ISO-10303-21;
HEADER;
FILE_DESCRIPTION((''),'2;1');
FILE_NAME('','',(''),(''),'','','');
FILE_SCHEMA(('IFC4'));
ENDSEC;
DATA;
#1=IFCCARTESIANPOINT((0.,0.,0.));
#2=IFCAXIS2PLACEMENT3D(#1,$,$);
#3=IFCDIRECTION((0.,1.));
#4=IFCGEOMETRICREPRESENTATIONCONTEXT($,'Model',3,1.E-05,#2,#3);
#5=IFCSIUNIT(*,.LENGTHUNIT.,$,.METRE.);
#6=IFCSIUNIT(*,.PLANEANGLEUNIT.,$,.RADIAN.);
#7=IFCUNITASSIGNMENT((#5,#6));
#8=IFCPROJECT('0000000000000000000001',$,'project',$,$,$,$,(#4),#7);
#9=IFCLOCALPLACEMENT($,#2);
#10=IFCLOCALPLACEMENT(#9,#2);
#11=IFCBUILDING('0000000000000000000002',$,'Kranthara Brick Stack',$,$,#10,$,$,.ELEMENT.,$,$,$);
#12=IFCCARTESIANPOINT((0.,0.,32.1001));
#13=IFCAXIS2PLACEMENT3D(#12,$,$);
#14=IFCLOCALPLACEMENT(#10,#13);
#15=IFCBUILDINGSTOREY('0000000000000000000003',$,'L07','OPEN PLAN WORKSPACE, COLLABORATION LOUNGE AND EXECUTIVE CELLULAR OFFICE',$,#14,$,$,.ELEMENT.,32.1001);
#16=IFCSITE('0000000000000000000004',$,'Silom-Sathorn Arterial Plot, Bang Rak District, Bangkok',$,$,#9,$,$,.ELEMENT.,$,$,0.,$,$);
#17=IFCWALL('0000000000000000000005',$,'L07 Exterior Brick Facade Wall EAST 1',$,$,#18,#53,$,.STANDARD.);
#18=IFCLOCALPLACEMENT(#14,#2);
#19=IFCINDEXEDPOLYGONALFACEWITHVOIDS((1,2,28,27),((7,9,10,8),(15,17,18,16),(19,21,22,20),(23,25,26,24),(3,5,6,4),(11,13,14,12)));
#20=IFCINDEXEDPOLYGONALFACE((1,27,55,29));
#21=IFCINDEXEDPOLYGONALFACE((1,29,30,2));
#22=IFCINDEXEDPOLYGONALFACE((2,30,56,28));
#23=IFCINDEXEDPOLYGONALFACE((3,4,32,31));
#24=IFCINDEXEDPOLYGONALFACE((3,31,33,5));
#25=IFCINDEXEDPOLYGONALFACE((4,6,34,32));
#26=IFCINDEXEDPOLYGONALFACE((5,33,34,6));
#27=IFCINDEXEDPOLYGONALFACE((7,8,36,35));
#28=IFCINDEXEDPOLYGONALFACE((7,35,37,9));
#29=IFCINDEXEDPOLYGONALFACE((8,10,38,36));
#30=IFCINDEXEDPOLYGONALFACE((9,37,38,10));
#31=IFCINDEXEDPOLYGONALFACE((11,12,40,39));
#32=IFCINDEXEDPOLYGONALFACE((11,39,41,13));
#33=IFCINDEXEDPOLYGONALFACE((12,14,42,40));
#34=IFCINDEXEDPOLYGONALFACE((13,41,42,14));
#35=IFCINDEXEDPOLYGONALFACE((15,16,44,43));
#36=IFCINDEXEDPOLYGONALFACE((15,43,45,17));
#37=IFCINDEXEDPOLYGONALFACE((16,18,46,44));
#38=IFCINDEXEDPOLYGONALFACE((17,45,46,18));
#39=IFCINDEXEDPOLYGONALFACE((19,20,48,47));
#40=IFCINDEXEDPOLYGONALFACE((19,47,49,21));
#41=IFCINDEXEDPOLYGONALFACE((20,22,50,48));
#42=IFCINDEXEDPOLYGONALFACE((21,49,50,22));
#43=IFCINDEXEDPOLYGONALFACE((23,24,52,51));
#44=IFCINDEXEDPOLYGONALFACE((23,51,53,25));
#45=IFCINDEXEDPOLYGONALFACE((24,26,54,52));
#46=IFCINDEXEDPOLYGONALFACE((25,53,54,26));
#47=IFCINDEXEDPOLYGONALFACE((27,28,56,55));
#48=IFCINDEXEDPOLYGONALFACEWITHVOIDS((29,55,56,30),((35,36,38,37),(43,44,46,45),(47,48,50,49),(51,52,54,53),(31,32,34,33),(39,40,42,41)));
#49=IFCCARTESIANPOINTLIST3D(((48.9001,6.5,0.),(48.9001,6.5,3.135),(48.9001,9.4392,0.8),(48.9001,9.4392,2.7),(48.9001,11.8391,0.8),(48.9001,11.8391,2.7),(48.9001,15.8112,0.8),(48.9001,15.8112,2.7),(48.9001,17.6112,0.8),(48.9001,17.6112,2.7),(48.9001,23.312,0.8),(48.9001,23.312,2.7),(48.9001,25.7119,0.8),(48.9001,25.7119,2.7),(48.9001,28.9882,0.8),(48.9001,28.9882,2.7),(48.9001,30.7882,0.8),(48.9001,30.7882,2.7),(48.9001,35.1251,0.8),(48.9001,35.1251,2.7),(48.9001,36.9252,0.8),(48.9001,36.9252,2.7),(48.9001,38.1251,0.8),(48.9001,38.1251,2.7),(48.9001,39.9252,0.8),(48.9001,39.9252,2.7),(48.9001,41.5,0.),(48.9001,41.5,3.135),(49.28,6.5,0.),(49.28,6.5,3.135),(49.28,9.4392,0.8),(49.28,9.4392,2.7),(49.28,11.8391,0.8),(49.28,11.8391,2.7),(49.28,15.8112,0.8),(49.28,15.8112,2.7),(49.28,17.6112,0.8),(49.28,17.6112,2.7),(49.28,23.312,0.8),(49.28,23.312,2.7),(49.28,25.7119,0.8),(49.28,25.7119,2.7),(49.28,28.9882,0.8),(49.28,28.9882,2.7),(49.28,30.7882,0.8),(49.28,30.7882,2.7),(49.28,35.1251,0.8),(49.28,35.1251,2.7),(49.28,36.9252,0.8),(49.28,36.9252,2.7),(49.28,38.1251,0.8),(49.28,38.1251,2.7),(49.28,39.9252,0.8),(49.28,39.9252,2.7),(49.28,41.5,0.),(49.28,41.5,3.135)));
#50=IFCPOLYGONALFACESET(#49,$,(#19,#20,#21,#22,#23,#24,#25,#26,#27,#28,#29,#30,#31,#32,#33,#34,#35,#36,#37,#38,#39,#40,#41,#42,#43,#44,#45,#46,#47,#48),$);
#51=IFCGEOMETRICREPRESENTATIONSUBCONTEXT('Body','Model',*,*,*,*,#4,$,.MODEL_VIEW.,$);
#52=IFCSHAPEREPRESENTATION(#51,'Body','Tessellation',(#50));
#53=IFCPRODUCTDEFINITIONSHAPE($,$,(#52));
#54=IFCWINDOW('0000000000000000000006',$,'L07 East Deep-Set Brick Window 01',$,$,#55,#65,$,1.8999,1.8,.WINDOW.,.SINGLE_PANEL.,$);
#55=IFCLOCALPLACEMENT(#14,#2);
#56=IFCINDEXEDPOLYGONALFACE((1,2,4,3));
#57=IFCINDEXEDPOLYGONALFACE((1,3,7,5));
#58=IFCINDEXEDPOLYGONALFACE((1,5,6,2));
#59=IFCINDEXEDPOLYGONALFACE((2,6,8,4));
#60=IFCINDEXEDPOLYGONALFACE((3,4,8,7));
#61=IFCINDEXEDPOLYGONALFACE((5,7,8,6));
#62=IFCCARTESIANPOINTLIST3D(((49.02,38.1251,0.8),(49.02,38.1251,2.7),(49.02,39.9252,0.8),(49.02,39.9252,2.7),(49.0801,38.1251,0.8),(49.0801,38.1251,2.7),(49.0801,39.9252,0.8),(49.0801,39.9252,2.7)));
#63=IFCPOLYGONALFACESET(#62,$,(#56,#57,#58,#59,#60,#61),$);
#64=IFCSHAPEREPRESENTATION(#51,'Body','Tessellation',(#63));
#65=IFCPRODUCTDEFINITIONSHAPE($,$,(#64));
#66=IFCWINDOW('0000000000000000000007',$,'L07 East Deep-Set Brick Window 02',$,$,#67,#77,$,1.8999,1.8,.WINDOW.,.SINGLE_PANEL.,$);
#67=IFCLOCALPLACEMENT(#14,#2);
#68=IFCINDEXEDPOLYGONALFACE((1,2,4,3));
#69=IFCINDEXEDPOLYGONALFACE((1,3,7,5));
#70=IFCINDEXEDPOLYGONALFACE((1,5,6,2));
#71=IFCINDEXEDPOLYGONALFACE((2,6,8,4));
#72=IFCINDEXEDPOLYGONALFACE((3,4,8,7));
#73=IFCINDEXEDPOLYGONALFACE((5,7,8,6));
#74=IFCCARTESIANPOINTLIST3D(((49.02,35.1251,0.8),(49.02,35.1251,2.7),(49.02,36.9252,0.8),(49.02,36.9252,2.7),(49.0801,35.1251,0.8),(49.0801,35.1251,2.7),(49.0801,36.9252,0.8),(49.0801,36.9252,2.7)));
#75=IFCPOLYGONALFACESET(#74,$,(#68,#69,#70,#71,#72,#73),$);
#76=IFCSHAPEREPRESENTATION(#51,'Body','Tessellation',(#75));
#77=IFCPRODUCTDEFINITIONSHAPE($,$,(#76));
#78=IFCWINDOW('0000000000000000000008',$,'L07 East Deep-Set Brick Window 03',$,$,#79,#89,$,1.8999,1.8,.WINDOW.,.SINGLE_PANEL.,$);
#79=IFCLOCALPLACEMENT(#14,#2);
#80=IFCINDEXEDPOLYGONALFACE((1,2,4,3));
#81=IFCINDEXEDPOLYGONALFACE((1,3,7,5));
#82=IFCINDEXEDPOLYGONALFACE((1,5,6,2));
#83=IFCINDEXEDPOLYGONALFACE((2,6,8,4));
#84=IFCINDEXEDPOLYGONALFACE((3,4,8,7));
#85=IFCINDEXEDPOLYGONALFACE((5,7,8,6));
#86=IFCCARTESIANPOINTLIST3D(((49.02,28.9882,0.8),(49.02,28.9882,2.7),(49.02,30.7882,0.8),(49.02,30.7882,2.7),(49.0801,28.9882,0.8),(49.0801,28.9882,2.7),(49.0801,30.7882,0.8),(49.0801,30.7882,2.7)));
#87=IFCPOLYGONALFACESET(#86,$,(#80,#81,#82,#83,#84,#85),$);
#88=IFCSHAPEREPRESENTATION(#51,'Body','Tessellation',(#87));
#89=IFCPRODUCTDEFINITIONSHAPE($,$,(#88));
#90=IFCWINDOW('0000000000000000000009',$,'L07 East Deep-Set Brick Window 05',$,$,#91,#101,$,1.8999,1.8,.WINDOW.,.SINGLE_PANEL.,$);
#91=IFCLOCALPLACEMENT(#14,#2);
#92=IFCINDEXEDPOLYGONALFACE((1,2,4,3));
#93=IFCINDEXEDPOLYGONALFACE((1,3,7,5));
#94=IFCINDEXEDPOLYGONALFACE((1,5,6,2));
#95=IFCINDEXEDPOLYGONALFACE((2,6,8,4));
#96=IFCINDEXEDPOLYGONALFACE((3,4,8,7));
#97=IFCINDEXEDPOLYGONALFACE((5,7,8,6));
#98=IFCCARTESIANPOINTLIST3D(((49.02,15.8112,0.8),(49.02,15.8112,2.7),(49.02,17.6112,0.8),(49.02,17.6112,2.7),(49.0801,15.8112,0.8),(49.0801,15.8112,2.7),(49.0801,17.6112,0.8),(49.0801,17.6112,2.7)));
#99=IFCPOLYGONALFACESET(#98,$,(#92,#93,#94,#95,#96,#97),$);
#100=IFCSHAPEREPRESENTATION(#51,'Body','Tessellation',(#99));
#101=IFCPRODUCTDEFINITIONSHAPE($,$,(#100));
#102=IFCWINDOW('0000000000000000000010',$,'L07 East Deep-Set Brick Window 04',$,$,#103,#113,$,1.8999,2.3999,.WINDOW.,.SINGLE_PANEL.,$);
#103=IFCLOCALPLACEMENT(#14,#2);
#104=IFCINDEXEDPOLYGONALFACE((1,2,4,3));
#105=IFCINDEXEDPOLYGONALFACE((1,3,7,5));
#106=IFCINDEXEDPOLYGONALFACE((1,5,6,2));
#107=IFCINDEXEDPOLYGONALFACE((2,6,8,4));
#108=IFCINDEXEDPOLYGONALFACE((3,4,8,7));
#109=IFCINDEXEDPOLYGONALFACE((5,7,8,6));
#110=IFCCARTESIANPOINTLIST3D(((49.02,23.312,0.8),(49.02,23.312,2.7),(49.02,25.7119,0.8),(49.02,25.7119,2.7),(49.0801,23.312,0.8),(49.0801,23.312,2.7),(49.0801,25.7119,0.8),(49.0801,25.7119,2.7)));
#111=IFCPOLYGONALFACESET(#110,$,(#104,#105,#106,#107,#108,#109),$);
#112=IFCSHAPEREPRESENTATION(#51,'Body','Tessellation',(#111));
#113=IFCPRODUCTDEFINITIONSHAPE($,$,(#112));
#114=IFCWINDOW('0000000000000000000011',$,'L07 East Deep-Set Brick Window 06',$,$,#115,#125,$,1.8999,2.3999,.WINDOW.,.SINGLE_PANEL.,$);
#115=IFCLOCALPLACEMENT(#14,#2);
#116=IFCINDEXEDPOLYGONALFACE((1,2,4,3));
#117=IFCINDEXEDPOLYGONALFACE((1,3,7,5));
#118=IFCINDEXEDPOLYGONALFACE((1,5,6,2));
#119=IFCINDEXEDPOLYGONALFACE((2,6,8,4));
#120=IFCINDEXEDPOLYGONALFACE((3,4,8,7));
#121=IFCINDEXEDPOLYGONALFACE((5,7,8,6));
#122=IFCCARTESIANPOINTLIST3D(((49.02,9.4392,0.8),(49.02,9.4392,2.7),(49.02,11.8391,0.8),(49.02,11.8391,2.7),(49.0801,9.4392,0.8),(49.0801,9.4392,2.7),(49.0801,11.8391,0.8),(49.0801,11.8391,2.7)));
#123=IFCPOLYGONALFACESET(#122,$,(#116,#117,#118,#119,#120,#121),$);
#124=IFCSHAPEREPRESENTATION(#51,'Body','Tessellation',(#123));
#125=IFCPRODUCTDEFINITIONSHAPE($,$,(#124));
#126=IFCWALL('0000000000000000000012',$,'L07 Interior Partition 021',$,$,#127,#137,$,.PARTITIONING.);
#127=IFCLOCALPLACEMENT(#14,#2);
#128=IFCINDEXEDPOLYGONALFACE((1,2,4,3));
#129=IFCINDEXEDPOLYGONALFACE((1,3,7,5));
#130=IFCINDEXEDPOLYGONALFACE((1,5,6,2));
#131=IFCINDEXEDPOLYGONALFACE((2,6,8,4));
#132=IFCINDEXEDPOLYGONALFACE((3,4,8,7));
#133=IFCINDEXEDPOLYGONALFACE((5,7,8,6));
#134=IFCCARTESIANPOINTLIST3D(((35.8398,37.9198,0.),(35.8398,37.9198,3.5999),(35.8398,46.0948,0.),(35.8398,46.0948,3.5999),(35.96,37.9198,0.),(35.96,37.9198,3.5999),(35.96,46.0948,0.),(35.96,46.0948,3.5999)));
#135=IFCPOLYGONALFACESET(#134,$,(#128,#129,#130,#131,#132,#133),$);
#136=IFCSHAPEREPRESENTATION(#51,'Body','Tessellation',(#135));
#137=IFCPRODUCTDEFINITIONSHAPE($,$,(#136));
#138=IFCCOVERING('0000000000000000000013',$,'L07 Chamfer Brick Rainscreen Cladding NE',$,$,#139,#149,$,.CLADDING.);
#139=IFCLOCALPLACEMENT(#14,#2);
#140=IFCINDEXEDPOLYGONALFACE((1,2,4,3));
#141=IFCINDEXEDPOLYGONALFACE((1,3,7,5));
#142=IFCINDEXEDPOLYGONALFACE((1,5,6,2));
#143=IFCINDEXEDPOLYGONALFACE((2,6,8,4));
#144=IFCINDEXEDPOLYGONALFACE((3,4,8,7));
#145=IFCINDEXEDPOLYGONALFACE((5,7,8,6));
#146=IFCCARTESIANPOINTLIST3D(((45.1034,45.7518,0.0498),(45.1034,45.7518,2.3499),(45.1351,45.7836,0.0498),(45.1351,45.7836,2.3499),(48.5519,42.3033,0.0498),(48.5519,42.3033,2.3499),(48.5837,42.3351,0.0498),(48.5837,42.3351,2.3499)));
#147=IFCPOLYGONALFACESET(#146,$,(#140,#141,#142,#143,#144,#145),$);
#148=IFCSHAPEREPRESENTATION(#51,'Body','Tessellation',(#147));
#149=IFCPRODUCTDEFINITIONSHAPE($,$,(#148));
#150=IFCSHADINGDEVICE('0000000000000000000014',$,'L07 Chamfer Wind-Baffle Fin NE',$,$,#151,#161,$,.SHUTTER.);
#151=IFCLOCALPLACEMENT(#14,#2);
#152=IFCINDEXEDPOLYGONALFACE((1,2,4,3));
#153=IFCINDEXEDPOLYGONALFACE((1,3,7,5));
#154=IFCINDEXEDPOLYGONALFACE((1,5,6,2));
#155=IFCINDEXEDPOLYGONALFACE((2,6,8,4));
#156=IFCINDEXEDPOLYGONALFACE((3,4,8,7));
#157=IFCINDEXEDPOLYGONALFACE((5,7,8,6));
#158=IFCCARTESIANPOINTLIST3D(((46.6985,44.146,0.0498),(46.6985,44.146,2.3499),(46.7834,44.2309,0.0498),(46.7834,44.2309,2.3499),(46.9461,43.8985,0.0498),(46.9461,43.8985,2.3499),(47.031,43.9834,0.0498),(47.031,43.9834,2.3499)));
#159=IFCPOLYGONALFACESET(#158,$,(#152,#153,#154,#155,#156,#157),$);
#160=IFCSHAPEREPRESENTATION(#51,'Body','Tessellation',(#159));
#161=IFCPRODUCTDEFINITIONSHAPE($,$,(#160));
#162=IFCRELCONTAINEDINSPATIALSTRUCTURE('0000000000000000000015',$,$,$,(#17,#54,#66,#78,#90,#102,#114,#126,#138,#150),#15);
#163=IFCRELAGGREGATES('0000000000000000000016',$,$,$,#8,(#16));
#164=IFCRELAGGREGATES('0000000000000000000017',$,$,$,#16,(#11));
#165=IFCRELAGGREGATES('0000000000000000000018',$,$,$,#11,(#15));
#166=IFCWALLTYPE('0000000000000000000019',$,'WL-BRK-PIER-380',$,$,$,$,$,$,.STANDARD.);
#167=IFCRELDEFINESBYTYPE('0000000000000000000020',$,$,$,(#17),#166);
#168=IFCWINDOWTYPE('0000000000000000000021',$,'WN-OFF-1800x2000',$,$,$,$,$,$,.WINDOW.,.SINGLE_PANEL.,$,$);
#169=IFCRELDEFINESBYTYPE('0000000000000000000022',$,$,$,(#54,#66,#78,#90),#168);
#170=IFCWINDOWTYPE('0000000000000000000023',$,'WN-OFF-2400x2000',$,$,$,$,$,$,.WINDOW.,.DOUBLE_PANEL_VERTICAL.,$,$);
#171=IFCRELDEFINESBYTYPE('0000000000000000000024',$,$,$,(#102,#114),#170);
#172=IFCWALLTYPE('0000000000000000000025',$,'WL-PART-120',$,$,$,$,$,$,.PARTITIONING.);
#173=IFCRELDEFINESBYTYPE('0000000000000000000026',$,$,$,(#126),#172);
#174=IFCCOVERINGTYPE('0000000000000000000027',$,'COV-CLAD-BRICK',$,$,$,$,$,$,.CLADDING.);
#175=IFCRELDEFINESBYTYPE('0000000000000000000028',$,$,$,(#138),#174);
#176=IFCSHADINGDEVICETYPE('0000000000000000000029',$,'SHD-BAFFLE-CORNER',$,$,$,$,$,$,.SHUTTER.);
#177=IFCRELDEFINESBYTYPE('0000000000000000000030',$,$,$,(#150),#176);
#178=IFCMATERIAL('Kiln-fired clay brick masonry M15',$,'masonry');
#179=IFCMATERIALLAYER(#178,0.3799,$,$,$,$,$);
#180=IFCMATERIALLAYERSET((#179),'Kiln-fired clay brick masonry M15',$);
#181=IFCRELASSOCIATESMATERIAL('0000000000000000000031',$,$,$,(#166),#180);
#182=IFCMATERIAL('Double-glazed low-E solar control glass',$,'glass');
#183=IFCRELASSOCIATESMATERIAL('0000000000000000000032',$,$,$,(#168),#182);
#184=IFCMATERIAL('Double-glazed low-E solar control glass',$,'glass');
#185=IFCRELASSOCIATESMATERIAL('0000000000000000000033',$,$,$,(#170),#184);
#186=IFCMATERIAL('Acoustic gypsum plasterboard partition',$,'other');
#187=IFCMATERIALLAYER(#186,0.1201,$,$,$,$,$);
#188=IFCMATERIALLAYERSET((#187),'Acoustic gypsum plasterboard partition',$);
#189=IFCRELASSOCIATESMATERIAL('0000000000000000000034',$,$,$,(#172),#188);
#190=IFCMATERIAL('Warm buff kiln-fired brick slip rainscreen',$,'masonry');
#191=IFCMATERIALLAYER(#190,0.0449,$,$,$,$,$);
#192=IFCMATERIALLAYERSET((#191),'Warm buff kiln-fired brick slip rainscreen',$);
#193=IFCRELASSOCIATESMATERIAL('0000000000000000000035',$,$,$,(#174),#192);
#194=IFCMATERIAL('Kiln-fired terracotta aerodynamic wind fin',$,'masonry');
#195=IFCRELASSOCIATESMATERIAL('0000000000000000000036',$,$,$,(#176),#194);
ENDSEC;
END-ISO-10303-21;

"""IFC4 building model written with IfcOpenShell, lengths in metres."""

from ifc_helpers import new_model, si_unit, direction, frame, frame_2d, origin, origin_2d, place, context, subcontext, project, spatial, rectangle, extrude, material, layer, layer_set, type_object, element, fill, save


model = new_model("IFC4")

# Units and contexts
model_context = context("Model", 3, precision=1e-05, world=origin(), true_north=direction((0.0, 1.0)))
body_context = subcontext(model_context, "Body", "Model", "MODEL_VIEW")
ifc_project = project(units=[si_unit("LENGTHUNIT", "METRE"), si_unit("PLANEANGLEUNIT", "RADIAN")], contexts=[model_context])

# Site, building, storey
site_placement = place(None, origin())
site = spatial("IfcSite", under=ifc_project, at=site_placement, Name="Silom-Sathorn Arterial Plot, Bang Rak District, Bangkok", CompositionType="ELEMENT", RefElevation=0.0)
building_placement = place(site_placement, origin())
building = spatial("IfcBuilding", under=site, at=building_placement, Name="Kranthara Brick Stack", CompositionType="ELEMENT")
storey_placement = place(building_placement, frame((0.0, 0.0, 32.1001)))
storey = spatial("IfcBuildingStorey", under=building, at=storey_placement, Name="L07", Description="OPEN PLAN WORKSPACE, COLLABORATION LOUNGE AND EXECUTIVE CELLULAR OFFICE", CompositionType="ELEMENT", Elevation=32.1001)

# Shared definitions
ifc_material_1 = material(Name="Kiln-fired clay brick masonry M15", Category="masonry")
ifc_layer_1 = layer(ifc_material_1, 0.3799)
ifc_layer_set_1 = layer_set([ifc_layer_1], Name="Kiln-fired clay brick masonry M15")
wall_type_1 = type_object("IfcWallType", Name="WL-BRK-PIER-380", PredefinedType="STANDARD", material=ifc_layer_set_1)

# Wall, openings, windows
wall_1_placement = place(storey_placement, frame((49.0901, 41.5, 0.0), z_axis=(0.0, 0.0, 1.0), x_axis=(0.0, -1.0, 0.0)))
wall_1 = element("IfcWall", 1, at=wall_1_placement, inside=storey, type_object=wall_type_1, Name="L07 Exterior Brick Facade Wall EAST 1", PredefinedType="STANDARD", context=body_context, shape_type="SweptSolid", body=[
    extrude(rectangle(XDim=35.0, YDim=0.3799, at=frame_2d((17.5, 0.0))), origin(), (0.0, 0.0, 1.0), 3.135),
])
opening_1_placement = place(wall_1_placement, frame((1.575, 0.0, 0.8)))
opening_1 = element("IfcOpeningElement", 2, at=opening_1_placement, cuts=wall_1, PredefinedType="OPENING", context=body_context, shape_type="SweptSolid", body=[
    extrude(rectangle(XDim=1.8, YDim=1.8999, at=frame_2d((0.8999, 0.95))), frame((0.0, 0.2, 0.0), z_axis=(0.0, -1.0, 0.0), x_axis=(1.0, 0.0, 0.0)), (0.0, 0.0, 1.0), 0.3999),
])
opening_2_placement = place(wall_1_placement, frame((4.575, 0.0, 0.8)))
opening_2 = element("IfcOpeningElement", 3, at=opening_2_placement, cuts=wall_1, PredefinedType="OPENING", context=body_context, shape_type="SweptSolid", body=[
    extrude(rectangle(XDim=1.8, YDim=1.8999, at=frame_2d((0.8999, 0.95))), frame((0.0, 0.2, 0.0), z_axis=(0.0, -1.0, 0.0), x_axis=(1.0, 0.0, 0.0)), (0.0, 0.0, 1.0), 0.3999),
])
opening_3_placement = place(wall_1_placement, frame((10.7119, 0.0, 0.8)))
opening_3 = element("IfcOpeningElement", 4, at=opening_3_placement, cuts=wall_1, PredefinedType="OPENING", context=body_context, shape_type="SweptSolid", body=[
    extrude(rectangle(XDim=1.8, YDim=1.8999, at=frame_2d((0.8999, 0.95))), frame((0.0, 0.2, 0.0), z_axis=(0.0, -1.0, 0.0), x_axis=(1.0, 0.0, 0.0)), (0.0, 0.0, 1.0), 0.3999),
])
opening_4_placement = place(wall_1_placement, frame((15.7881, 0.0, 0.8)))
opening_4 = element("IfcOpeningElement", 5, at=opening_4_placement, cuts=wall_1, PredefinedType="OPENING", context=body_context, shape_type="SweptSolid", body=[
    extrude(rectangle(XDim=2.3999, YDim=1.8999, at=frame_2d((1.2, 0.95))), frame((0.0, 0.2, 0.0), z_axis=(0.0, -1.0, 0.0), x_axis=(1.0, 0.0, 0.0)), (0.0, 0.0, 1.0), 0.3999),
])
opening_5_placement = place(wall_1_placement, frame((23.8889, 0.0, 0.8)))
opening_5 = element("IfcOpeningElement", 6, at=opening_5_placement, cuts=wall_1, PredefinedType="OPENING", context=body_context, shape_type="SweptSolid", body=[
    extrude(rectangle(XDim=1.8, YDim=1.8999, at=frame_2d((0.8999, 0.95))), frame((0.0, 0.2, 0.0), z_axis=(0.0, -1.0, 0.0), x_axis=(1.0, 0.0, 0.0)), (0.0, 0.0, 1.0), 0.3999),
])
opening_6_placement = place(wall_1_placement, frame((29.6609, 0.0, 0.8)))
opening_6 = element("IfcOpeningElement", 7, at=opening_6_placement, cuts=wall_1, PredefinedType="OPENING", context=body_context, shape_type="SweptSolid", body=[
    extrude(rectangle(XDim=2.3999, YDim=1.8999, at=frame_2d((1.2, 0.95))), frame((0.0, 0.2, 0.0), z_axis=(0.0, -1.0, 0.0), x_axis=(1.0, 0.0, 0.0)), (0.0, 0.0, 1.0), 0.3999),
])
ifc_material_2 = material(Name="Double-glazed low-E solar control glass", Category="glass")
window_type_1 = type_object("IfcWindowType", Name="WN-OFF-1800x2000", PartitioningType="SINGLE_PANEL", PredefinedType="WINDOW", material=ifc_material_2)
window_1_placement = place(opening_1_placement, origin())
window_1 = element("IfcWindow", 8, at=window_1_placement, inside=storey, type_object=window_type_1, Name="L07 East Deep-Set Brick Window 01", OverallHeight=1.8999, OverallWidth=1.8, PartitioningType="SINGLE_PANEL", PredefinedType="WINDOW", context=body_context, shape_type="SweptSolid", body=[
    extrude(rectangle(XDim=1.8, YDim=1.8999, at=frame_2d((0.8999, 0.95))), frame((0.0, -0.01, 0.0), z_axis=(0.0, -1.0, 0.0), x_axis=(1.0, 0.0, 0.0)), (0.0, 0.0, 1.0), 0.0601),
])
fill(opening_1, window_1)
window_2_placement = place(opening_2_placement, origin())
window_2 = element("IfcWindow", 9, at=window_2_placement, inside=storey, type_object=window_type_1, Name="L07 East Deep-Set Brick Window 02", OverallHeight=1.8999, OverallWidth=1.8, PartitioningType="SINGLE_PANEL", PredefinedType="WINDOW", context=body_context, shape_type="SweptSolid", body=[
    extrude(rectangle(XDim=1.8, YDim=1.8999, at=frame_2d((0.8999, 0.95))), frame((0.0, -0.01, 0.0), z_axis=(0.0, -1.0, 0.0), x_axis=(1.0, 0.0, 0.0)), (0.0, 0.0, 1.0), 0.0601),
])
fill(opening_2, window_2)
window_3_placement = place(opening_3_placement, origin())
window_3 = element("IfcWindow", 10, at=window_3_placement, inside=storey, type_object=window_type_1, Name="L07 East Deep-Set Brick Window 03", OverallHeight=1.8999, OverallWidth=1.8, PartitioningType="SINGLE_PANEL", PredefinedType="WINDOW", context=body_context, shape_type="SweptSolid", body=[
    extrude(rectangle(XDim=1.8, YDim=1.8999, at=frame_2d((0.8999, 0.95))), frame((0.0, -0.01, 0.0), z_axis=(0.0, -1.0, 0.0), x_axis=(1.0, 0.0, 0.0)), (0.0, 0.0, 1.0), 0.0601),
])
fill(opening_3, window_3)
window_4_placement = place(opening_5_placement, origin())
window_4 = element("IfcWindow", 11, at=window_4_placement, inside=storey, type_object=window_type_1, Name="L07 East Deep-Set Brick Window 05", OverallHeight=1.8999, OverallWidth=1.8, PartitioningType="SINGLE_PANEL", PredefinedType="WINDOW", context=body_context, shape_type="SweptSolid", body=[
    extrude(rectangle(XDim=1.8, YDim=1.8999, at=frame_2d((0.8999, 0.95))), frame((0.0, -0.01, 0.0), z_axis=(0.0, -1.0, 0.0), x_axis=(1.0, 0.0, 0.0)), (0.0, 0.0, 1.0), 0.0601),
])
fill(opening_5, window_4)
ifc_material_3 = material(Name="Double-glazed low-E solar control glass", Category="glass")
window_type_2 = type_object("IfcWindowType", Name="WN-OFF-2400x2000", PartitioningType="DOUBLE_PANEL_VERTICAL", PredefinedType="WINDOW", material=ifc_material_3)
window_5_placement = place(opening_4_placement, origin())
window_5 = element("IfcWindow", 12, at=window_5_placement, inside=storey, type_object=window_type_2, Name="L07 East Deep-Set Brick Window 04", OverallHeight=1.8999, OverallWidth=2.3999, PartitioningType="SINGLE_PANEL", PredefinedType="WINDOW", context=body_context, shape_type="SweptSolid", body=[
    extrude(rectangle(XDim=2.3999, YDim=1.8999, at=frame_2d((1.2, 0.95))), frame((0.0, -0.01, 0.0), z_axis=(0.0, -1.0, 0.0), x_axis=(1.0, 0.0, 0.0)), (0.0, 0.0, 1.0), 0.0601),
])
fill(opening_4, window_5)
window_6_placement = place(opening_6_placement, origin())
window_6 = element("IfcWindow", 13, at=window_6_placement, inside=storey, type_object=window_type_2, Name="L07 East Deep-Set Brick Window 06", OverallHeight=1.8999, OverallWidth=2.3999, PartitioningType="SINGLE_PANEL", PredefinedType="WINDOW", context=body_context, shape_type="SweptSolid", body=[
    extrude(rectangle(XDim=2.3999, YDim=1.8999, at=frame_2d((1.2, 0.95))), frame((0.0, -0.01, 0.0), z_axis=(0.0, -1.0, 0.0), x_axis=(1.0, 0.0, 0.0)), (0.0, 0.0, 1.0), 0.0601),
])
fill(opening_6, window_6)

# Wall
ifc_material_4 = material(Name="Acoustic gypsum plasterboard partition", Category="other")
ifc_layer_2 = layer(ifc_material_4, 0.1201)
ifc_layer_set_2 = layer_set([ifc_layer_2], Name="Acoustic gypsum plasterboard partition")
wall_type_2 = type_object("IfcWallType", Name="WL-PART-120", PredefinedType="PARTITIONING", material=ifc_layer_set_2)
wall_2_placement = place(storey_placement, frame((35.8999, 37.9199, 0.0), z_axis=(0.0, 0.0, 1.0), x_axis=(0.0, 1.0, 0.0)))
element("IfcWall", 14, at=wall_2_placement, inside=storey, type_object=wall_type_2, Name="L07 Interior Partition 021", PredefinedType="PARTITIONING", context=body_context, shape_type="SweptSolid", body=[
    extrude(rectangle(XDim=8.175, YDim=0.1201, at=frame_2d((4.0874, 0.0))), origin(), (0.0, 0.0, 1.0), 3.5999),
])

# Covering
ifc_material_5 = material(Name="Warm buff kiln-fired brick slip rainscreen", Category="masonry")
ifc_layer_3 = layer(ifc_material_5, 0.0449)
ifc_layer_set_3 = layer_set([ifc_layer_3], Name="Warm buff kiln-fired brick slip rainscreen")
covering_type = type_object("IfcCoveringType", Name="COV-CLAD-BRICK", PredefinedType="CLADDING", material=ifc_layer_set_3)
covering_placement = place(storey_placement, frame((46.8435, 44.0435, 0.0498), z_axis=(0.0, 0.0, 1.0), x_axis=(0.707107, -0.707107, 0.0)))
element("IfcCovering", 15, at=covering_placement, inside=storey, type_object=covering_type, Name="L07 Chamfer Brick Rainscreen Cladding NE", PredefinedType="CLADDING", context=body_context, shape_type="SweptSolid", body=[
    extrude(rectangle(XDim=4.877, YDim=0.0449, at=origin_2d()), origin(), (0.0, 0.0, 1.0), 2.3),
])

# Shading device
ifc_material_6 = material(Name="Kiln-fired terracotta aerodynamic wind fin", Category="masonry")
shading_device_type = type_object("IfcShadingDeviceType", Name="SHD-BAFFLE-CORNER", PredefinedType="SHUTTER", material=ifc_material_6)
shading_device_placement = place(storey_placement, frame((46.8647, 44.0647, 0.0498), z_axis=(0.0, 0.0, 1.0), x_axis=(0.707107, -0.707107, 0.0)))
element("IfcShadingDevice", 16, at=shading_device_placement, inside=storey, type_object=shading_device_type, Name="L07 Chamfer Wind-Baffle Fin NE", PredefinedType="SHUTTER", context=body_context, shape_type="SweptSolid", body=[
    extrude(rectangle(XDim=0.3501, YDim=0.1201, at=origin_2d()), origin(), (0.0, 0.0, 1.0), 2.3),
])

save(model, "model.ifc")
